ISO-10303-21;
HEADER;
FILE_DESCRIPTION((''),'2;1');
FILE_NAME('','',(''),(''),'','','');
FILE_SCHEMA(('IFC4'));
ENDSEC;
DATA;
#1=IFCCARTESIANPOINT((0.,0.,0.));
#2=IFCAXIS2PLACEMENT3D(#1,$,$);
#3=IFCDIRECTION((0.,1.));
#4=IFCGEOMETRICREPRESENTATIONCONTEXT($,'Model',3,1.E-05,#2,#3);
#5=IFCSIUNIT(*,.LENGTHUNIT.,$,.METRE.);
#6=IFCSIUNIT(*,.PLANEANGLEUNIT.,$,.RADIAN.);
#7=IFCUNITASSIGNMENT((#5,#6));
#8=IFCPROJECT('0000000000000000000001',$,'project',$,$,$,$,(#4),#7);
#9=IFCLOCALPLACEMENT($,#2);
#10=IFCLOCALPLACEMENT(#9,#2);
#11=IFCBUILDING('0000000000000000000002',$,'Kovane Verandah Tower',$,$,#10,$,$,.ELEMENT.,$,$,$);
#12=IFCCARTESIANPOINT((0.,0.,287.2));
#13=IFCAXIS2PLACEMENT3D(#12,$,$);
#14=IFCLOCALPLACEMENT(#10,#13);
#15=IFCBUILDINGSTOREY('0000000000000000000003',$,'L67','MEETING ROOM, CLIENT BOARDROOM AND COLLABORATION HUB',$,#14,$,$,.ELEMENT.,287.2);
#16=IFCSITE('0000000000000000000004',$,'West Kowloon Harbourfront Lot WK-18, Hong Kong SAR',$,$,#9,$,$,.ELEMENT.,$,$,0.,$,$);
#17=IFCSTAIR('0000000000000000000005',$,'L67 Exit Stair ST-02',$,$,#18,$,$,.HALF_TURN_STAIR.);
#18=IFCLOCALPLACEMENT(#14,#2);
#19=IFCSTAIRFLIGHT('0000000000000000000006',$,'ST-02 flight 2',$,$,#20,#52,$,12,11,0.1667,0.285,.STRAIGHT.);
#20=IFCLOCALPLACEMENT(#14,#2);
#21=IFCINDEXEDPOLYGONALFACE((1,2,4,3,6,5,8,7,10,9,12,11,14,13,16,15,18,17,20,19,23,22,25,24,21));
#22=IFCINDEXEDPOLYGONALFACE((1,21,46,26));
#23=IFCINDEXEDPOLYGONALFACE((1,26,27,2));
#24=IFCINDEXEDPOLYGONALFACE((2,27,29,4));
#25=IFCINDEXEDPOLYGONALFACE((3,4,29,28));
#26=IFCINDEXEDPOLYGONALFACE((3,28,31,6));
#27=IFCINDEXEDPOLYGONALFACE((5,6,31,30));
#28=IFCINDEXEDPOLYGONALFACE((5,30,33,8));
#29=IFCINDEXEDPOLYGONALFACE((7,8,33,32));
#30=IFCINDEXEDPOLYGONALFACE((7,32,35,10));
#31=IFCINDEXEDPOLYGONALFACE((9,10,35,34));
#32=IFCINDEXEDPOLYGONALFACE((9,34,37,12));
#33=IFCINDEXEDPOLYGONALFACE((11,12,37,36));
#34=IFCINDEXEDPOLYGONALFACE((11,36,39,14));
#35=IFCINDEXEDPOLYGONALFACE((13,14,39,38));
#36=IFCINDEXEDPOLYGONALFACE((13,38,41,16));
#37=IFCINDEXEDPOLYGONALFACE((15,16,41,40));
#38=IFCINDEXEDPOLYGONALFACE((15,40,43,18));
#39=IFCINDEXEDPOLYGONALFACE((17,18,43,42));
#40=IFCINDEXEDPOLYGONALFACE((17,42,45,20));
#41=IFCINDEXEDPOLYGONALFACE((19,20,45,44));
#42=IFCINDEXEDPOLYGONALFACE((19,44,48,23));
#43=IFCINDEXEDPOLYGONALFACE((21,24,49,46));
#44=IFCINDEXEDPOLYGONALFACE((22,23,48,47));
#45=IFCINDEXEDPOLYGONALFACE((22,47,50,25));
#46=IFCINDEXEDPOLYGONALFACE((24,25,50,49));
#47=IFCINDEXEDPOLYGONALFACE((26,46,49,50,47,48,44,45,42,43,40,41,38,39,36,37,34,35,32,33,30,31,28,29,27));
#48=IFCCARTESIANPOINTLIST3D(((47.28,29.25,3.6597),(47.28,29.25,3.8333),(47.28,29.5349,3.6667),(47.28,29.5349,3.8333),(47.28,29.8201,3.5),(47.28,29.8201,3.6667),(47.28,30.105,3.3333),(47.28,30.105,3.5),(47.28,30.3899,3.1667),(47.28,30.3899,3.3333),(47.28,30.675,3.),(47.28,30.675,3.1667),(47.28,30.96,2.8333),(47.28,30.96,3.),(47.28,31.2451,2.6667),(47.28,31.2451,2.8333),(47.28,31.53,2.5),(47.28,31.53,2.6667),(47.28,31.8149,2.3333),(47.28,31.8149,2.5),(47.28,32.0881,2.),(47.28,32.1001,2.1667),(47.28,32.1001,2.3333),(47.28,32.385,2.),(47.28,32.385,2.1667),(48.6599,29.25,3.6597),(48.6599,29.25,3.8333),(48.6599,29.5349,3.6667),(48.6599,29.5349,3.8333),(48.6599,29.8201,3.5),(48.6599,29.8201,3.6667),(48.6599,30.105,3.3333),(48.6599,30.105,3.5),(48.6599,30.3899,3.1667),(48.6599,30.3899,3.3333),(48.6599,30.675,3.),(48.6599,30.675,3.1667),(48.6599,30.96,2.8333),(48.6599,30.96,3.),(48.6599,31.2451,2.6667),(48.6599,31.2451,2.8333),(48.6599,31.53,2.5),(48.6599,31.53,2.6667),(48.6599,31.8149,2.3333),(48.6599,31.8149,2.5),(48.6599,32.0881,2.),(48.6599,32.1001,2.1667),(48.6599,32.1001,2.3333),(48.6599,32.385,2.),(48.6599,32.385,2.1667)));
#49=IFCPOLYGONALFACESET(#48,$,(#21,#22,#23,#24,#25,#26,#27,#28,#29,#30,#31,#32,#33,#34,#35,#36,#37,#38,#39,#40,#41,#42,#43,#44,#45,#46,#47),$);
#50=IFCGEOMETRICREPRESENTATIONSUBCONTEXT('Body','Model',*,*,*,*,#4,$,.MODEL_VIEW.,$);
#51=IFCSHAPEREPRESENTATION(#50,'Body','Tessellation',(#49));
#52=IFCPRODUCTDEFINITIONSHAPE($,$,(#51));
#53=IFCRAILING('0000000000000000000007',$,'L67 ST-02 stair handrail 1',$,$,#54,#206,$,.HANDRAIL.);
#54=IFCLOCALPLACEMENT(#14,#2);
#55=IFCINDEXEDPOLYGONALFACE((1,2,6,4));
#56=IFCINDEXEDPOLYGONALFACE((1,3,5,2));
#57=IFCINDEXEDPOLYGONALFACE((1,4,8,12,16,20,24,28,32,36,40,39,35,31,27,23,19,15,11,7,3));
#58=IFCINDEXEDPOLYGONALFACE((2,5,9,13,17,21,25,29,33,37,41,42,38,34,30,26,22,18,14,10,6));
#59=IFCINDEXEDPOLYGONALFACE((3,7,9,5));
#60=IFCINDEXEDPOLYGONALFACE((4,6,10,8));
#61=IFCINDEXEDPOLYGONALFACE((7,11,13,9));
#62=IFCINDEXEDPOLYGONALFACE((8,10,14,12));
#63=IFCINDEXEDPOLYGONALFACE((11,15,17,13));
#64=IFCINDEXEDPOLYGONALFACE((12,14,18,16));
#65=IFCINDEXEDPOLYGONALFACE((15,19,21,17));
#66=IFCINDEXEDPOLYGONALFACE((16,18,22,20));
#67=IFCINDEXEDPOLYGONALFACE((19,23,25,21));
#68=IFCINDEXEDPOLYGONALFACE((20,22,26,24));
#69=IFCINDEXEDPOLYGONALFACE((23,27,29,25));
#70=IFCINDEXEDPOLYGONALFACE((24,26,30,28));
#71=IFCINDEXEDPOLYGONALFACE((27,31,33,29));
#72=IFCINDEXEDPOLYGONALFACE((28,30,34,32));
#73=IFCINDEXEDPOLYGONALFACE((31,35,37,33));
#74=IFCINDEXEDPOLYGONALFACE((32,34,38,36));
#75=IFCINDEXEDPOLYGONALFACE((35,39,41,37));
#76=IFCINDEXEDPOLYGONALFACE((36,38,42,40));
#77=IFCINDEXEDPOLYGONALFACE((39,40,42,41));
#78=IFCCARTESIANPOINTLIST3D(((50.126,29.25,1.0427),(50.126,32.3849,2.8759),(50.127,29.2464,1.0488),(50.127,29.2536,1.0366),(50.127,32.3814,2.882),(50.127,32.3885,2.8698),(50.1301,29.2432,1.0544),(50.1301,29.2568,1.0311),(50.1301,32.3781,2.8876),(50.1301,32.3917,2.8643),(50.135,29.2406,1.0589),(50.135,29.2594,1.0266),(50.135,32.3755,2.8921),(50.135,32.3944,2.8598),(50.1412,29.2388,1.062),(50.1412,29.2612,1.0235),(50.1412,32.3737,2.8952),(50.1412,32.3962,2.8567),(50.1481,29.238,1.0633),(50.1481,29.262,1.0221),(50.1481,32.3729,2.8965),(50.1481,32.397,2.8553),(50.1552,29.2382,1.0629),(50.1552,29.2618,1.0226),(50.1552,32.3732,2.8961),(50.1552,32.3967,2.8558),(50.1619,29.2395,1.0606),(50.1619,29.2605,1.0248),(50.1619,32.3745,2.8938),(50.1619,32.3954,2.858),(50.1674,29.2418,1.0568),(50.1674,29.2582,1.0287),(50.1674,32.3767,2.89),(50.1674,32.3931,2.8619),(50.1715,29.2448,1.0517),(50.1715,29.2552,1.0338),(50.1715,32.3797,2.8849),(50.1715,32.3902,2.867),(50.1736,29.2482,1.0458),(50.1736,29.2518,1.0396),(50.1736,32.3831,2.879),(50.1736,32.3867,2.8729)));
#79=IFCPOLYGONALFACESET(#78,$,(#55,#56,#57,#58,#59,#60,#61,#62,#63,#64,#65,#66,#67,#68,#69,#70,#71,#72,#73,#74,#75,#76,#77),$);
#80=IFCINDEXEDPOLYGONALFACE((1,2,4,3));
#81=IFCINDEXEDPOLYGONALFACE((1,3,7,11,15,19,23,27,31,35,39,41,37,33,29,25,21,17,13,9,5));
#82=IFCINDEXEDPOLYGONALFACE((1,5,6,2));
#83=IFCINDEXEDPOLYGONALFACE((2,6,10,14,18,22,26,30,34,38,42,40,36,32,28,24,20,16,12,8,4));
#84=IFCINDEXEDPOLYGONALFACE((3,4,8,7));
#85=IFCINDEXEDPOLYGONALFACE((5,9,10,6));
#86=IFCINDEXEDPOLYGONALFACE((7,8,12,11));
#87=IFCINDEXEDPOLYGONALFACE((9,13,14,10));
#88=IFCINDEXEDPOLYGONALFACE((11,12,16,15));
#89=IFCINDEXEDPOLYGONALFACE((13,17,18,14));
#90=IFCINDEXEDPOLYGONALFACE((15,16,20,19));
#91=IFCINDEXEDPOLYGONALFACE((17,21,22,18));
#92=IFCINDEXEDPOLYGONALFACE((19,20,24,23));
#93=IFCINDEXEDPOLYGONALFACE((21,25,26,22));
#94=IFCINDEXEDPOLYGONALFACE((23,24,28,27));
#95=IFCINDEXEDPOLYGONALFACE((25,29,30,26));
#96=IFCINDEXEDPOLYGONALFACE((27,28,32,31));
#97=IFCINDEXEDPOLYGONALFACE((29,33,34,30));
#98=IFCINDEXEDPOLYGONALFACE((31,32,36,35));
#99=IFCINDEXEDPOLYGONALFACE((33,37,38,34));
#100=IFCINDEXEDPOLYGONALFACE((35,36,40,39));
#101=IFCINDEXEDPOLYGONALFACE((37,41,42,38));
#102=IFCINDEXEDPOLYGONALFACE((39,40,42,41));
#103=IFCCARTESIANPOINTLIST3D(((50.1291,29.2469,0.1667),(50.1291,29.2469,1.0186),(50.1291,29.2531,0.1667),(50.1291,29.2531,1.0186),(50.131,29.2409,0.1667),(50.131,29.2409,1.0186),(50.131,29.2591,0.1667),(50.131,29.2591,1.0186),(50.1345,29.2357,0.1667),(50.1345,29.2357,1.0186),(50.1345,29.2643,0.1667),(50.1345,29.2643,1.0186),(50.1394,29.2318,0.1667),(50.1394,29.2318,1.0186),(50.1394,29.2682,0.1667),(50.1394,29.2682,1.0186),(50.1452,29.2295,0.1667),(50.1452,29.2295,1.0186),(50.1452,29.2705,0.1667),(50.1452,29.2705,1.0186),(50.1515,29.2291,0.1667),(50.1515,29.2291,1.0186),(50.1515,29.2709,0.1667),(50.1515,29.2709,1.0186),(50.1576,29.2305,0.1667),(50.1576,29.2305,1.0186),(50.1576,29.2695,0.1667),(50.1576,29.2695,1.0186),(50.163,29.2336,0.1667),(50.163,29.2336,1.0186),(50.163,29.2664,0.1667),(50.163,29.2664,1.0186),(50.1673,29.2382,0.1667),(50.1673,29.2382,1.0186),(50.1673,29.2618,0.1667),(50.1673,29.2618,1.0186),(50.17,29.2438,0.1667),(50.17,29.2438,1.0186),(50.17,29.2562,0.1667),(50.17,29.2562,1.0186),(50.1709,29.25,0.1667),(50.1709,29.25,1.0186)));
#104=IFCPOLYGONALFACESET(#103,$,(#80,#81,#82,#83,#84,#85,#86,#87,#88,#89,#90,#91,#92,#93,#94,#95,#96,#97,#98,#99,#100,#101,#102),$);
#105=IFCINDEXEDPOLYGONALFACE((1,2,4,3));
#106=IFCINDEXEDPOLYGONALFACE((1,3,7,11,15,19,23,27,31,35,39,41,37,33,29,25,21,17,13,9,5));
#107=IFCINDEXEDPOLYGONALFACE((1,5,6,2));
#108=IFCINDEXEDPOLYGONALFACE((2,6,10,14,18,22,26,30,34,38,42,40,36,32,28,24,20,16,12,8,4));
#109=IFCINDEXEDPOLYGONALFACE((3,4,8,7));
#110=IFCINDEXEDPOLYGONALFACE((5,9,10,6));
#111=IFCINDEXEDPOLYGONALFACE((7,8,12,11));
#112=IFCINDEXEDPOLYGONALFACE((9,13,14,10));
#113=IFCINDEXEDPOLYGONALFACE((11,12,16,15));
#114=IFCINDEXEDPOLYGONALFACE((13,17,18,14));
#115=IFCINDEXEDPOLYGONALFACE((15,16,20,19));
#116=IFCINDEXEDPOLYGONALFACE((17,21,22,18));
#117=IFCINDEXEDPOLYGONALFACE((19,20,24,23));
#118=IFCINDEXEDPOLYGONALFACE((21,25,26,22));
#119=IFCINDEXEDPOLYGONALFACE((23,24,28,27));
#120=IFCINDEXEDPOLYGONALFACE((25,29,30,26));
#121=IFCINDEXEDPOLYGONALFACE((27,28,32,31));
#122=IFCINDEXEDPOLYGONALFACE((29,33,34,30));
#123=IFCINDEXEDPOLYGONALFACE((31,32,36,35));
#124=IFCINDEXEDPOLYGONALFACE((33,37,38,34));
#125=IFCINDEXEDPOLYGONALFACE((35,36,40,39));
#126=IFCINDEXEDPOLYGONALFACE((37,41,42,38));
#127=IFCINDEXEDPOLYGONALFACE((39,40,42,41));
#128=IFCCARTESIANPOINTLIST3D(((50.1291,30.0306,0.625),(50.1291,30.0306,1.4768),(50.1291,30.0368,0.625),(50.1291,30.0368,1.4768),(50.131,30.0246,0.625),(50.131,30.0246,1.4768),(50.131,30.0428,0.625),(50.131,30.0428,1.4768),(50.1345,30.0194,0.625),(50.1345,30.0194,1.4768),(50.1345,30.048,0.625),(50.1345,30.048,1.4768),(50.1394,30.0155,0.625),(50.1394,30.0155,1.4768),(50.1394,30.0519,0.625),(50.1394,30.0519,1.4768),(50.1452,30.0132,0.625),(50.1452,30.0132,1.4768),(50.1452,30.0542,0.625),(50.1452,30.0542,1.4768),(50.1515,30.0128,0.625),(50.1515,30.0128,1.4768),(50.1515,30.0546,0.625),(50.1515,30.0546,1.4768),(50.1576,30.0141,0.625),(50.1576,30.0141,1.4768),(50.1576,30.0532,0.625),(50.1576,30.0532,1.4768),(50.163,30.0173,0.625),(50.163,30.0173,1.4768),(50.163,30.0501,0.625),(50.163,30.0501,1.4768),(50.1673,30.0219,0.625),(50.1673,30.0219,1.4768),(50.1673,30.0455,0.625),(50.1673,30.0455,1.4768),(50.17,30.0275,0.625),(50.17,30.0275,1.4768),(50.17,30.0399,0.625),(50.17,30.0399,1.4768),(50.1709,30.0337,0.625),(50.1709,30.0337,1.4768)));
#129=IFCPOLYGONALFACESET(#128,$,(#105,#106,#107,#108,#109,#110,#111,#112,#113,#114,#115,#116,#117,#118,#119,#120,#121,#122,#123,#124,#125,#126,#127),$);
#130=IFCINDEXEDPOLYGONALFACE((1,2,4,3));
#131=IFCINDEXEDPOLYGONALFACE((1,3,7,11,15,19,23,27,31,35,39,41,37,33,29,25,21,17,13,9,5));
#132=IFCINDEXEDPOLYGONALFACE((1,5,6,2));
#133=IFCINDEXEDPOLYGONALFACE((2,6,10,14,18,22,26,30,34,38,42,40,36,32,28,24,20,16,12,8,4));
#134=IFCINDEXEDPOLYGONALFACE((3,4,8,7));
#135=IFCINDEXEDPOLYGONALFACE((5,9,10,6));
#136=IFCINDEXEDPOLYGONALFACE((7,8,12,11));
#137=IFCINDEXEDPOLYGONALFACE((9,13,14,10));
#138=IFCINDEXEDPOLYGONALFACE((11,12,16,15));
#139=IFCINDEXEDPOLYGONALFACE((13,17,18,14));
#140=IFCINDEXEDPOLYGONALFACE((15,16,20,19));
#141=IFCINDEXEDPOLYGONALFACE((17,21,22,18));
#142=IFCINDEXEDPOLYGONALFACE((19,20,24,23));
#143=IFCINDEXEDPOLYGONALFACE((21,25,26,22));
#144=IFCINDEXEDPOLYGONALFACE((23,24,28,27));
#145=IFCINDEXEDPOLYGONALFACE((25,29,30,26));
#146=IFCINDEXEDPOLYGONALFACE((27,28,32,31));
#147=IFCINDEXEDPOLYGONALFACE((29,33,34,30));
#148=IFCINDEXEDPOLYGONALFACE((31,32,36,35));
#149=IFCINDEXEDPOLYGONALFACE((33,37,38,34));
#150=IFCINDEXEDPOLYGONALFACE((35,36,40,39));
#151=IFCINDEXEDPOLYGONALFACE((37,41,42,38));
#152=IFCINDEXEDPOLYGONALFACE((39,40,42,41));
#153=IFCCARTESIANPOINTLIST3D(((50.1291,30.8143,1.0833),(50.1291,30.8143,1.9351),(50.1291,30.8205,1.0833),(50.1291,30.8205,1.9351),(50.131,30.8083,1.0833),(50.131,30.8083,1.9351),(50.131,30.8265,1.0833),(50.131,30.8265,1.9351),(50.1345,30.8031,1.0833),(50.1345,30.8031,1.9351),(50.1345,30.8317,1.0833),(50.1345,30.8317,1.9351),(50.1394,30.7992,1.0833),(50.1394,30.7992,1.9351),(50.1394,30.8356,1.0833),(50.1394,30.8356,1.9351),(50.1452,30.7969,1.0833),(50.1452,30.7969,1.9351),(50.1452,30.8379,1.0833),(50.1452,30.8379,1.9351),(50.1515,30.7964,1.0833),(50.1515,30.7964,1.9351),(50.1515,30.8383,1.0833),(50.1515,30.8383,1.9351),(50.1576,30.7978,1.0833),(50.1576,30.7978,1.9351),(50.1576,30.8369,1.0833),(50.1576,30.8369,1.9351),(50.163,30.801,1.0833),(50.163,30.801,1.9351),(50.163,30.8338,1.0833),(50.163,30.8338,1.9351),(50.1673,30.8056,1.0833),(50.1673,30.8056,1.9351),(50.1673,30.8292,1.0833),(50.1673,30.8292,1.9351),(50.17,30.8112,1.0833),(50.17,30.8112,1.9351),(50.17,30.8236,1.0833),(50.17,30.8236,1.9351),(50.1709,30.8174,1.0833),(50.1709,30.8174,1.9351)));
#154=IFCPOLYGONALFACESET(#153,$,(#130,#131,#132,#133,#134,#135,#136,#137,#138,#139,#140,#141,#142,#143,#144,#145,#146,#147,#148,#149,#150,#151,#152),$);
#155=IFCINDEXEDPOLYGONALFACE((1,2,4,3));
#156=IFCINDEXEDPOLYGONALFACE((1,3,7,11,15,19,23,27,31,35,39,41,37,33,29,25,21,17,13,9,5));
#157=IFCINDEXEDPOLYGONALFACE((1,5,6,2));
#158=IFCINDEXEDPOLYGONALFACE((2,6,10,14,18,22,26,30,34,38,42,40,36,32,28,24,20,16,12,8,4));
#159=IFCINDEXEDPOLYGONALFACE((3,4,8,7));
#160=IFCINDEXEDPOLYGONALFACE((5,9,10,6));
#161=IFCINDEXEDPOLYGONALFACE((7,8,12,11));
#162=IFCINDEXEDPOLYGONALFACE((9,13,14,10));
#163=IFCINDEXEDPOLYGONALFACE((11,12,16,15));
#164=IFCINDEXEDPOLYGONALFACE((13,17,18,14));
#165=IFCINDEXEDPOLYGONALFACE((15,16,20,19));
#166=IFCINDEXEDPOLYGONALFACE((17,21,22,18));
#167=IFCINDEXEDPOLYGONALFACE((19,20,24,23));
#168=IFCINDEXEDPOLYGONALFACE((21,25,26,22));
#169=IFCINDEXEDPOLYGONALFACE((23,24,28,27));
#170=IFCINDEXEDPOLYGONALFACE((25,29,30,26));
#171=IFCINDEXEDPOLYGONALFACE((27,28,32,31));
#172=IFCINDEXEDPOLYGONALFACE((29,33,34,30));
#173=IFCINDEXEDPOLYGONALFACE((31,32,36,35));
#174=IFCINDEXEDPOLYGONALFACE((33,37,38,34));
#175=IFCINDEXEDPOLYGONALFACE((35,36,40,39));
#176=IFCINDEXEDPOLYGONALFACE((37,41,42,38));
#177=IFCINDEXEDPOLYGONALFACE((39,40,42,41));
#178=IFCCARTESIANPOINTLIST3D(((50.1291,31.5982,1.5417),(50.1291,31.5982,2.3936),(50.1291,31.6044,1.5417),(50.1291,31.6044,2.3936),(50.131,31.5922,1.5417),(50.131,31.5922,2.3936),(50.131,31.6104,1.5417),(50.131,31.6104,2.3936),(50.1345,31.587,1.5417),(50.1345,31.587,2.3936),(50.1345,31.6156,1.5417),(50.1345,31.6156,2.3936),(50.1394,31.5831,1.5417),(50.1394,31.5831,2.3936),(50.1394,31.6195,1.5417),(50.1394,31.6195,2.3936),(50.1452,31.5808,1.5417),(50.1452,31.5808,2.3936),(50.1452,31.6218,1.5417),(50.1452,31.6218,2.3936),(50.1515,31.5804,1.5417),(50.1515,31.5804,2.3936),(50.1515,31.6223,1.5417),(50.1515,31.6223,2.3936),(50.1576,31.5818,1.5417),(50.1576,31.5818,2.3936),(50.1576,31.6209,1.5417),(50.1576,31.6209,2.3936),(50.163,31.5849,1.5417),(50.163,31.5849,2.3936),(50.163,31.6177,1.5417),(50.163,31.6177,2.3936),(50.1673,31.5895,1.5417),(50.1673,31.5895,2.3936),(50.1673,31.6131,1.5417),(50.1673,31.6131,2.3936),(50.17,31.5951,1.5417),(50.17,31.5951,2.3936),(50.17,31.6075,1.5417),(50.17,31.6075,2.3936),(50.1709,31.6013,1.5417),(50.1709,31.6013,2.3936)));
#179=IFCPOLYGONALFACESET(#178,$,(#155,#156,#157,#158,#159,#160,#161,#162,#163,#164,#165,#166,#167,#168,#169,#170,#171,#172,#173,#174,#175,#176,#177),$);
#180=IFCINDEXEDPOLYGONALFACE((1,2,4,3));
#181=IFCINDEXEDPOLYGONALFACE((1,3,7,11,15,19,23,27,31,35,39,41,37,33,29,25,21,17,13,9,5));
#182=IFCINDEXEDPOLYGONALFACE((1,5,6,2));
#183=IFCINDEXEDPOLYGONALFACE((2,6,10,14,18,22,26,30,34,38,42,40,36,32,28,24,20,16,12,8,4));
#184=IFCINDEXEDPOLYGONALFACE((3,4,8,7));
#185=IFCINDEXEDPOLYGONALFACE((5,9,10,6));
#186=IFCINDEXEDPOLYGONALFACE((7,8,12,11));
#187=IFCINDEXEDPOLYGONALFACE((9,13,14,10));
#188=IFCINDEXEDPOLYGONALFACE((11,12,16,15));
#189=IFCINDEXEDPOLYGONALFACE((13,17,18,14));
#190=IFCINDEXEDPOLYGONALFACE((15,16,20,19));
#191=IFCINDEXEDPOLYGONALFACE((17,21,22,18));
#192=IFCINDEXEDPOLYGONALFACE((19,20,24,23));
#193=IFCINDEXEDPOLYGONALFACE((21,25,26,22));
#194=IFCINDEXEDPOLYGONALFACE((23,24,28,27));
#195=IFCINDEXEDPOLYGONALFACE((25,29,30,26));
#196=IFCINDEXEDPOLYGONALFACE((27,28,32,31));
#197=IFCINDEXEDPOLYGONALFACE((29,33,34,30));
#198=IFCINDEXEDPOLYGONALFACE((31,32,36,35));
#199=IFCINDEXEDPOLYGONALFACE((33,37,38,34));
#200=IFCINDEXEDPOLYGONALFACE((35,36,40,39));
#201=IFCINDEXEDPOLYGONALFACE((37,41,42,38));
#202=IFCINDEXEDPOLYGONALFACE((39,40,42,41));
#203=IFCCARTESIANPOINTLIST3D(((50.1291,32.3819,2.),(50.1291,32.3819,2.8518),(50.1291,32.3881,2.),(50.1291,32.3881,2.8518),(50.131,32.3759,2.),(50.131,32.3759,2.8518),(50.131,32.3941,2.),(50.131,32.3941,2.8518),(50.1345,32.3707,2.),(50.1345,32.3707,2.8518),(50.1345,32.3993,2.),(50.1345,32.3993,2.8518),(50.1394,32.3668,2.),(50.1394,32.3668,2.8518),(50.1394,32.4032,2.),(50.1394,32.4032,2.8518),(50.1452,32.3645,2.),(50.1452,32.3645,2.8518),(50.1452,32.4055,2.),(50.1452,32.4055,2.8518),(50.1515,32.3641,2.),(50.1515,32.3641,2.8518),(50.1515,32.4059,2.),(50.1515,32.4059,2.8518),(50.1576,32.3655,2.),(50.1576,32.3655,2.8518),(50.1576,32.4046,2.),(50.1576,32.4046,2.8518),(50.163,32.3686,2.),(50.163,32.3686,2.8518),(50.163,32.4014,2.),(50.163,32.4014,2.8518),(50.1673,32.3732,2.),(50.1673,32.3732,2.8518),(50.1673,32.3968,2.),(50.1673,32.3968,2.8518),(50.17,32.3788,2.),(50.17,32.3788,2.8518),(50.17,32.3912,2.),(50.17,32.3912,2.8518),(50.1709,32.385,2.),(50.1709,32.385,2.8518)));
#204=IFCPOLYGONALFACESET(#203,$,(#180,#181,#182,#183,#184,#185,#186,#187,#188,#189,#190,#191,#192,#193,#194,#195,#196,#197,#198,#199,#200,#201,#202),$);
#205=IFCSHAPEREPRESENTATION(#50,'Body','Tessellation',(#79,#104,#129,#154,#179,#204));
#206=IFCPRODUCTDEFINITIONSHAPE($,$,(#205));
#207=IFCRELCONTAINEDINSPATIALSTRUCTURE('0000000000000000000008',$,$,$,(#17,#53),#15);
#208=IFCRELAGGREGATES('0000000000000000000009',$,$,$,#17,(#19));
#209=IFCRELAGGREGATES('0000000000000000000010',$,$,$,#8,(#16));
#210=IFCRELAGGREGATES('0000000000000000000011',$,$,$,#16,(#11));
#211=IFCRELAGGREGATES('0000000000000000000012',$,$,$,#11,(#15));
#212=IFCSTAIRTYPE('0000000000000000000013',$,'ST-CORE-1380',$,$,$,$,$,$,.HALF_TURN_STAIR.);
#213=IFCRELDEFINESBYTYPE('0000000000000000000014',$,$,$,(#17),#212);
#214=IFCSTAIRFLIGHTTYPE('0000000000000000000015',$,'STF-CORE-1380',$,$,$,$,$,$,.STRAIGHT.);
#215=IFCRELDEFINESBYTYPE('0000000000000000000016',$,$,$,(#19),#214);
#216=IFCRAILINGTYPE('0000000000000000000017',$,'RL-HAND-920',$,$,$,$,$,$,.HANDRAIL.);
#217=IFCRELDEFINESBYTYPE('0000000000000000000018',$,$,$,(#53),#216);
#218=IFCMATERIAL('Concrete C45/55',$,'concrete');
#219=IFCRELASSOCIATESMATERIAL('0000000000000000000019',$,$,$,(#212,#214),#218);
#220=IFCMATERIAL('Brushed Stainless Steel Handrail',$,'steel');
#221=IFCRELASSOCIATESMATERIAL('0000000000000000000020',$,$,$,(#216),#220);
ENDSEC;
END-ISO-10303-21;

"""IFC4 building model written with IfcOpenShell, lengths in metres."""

from ifc_helpers import new_model, si_unit, direction, frame, origin, origin_2d, place, context, subcontext, project, spatial, polyline, circle, outline, extrude, material, type_object, element, aggregate, save


model = new_model("IFC4")

# Units and contexts
model_context = context("Model", 3, precision=1e-05, world=origin(), true_north=direction((0.0, 1.0)))
body_context = subcontext(model_context, "Body", "Model", "MODEL_VIEW")
ifc_project = project(units=[si_unit("LENGTHUNIT", "METRE"), si_unit("PLANEANGLEUNIT", "RADIAN")], contexts=[model_context])

# Site, building, storey
site_placement = place(None, origin())
site = spatial("IfcSite", under=ifc_project, at=site_placement, Name="West Kowloon Harbourfront Lot WK-18, Hong Kong SAR", CompositionType="ELEMENT", RefElevation=0.0)
building_placement = place(site_placement, origin())
building = spatial("IfcBuilding", under=site, at=building_placement, Name="Kovane Verandah Tower", CompositionType="ELEMENT")
storey_placement = place(building_placement, frame((0.0, 0.0, 287.2)))
storey = spatial("IfcBuildingStorey", under=building, at=storey_placement, Name="L67", Description="MEETING ROOM, CLIENT BOARDROOM AND COLLABORATION HUB", CompositionType="ELEMENT", Elevation=287.2)

# Shared definitions
ifc_material_1 = material(Name="Concrete C45/55", Category="concrete")

# Stair, stair flight
stair_type = type_object("IfcStairType", Name="ST-CORE-1380", PredefinedType="HALF_TURN_STAIR", material=ifc_material_1)
stair_placement = place(storey_placement, origin())
stair = element("IfcStair", 1, at=stair_placement, inside=storey, type_object=stair_type, Name="L67 Exit Stair ST-02", PredefinedType="HALF_TURN_STAIR")
stair_flight_type = type_object("IfcStairFlightType", Name="STF-CORE-1380", PredefinedType="STRAIGHT", material=ifc_material_1)
stair_flight_1_placement = place(storey_placement, frame((47.97, 32.385, 2.0), z_axis=(0.0, 0.0, 1.0), x_axis=(0.0, -1.0, 0.0)))
stair_flight_1 = element("IfcStairFlight", 2, at=stair_flight_1_placement, type_object=stair_flight_type, Name="ST-02 flight 2", NumberOfRisers=12, NumberOfTreads=11, PredefinedType="STRAIGHT", RiserHeight=0.1667, TreadLength=0.285, context=body_context, shape_type="SweptSolid", body=[
    extrude(outline(polyline([(0.0, 0.0), (0.0, 0.1667), (0.2849, 0.1667), (0.2849, 0.3333), (0.5701, 0.3333), (0.5701, 0.5), (0.855, 0.5), (0.855, 0.6667), (1.1399, 0.6667), (1.1399, 0.8333), (1.425, 0.8333), (1.425, 1.0), (1.71, 1.0), (1.71, 1.1667), (1.9951, 1.1667), (1.9951, 1.3333), (2.28, 1.3333), (2.28, 1.5), (2.5649, 1.5), (2.5649, 1.6667), (2.8501, 1.6667), (2.8501, 1.8333), (3.135, 1.8333), (3.135, 2.0), (3.135, 1.6597), (0.2969, 0.0), (0.0, 0.0)])), frame((0.0, 0.6899, 0.0), z_axis=(0.0, -1.0, 0.0), x_axis=(1.0, 0.0, 0.0)), (0.0, 0.0, 1.0), 1.3799),
])
aggregate(stair, [stair_flight_1])

# Railing
ifc_material_2 = material(Name="Brushed Stainless Steel Handrail", Category="steel")
railing_type_1 = type_object("IfcRailingType", Name="RL-HAND-920", PredefinedType="HANDRAIL", material=ifc_material_2)
railing_1_placement = place(storey_placement, frame((50.1499, 29.25, 0.1667)))
element("IfcRailing", 3, at=railing_1_placement, inside=storey, type_object=railing_type_1, Name="L67 ST-02 stair handrail 1", PredefinedType="HANDRAIL", context=body_context, shape_type="SweptSolid", body=[
    extrude(circle(Radius=0.0239, at=origin_2d()), frame((0.0, 0.0, 0.876), z_axis=(0.0, 0.86324, 0.504794), x_axis=(-1.0, 0.0, 0.0)), (0.0, 0.0, 1.0), 3.6316),
    extrude(circle(Radius=0.021, at=origin_2d()), origin(), (0.0, 0.0, 1.0), 0.8518),
    extrude(circle(Radius=0.021, at=origin_2d()), frame((0.0, 0.7837, 0.4583)), (0.0, 0.0, 1.0), 0.8518),
    extrude(circle(Radius=0.021, at=origin_2d()), frame((0.0, 1.5674, 0.9165)), (0.0, 0.0, 1.0), 0.8518),
    extrude(circle(Radius=0.021, at=origin_2d()), frame((0.0, 2.3513, 1.375)), (0.0, 0.0, 1.0), 0.8518),
    extrude(circle(Radius=0.021, at=origin_2d()), frame((0.0, 3.135, 1.8333)), (0.0, 0.0, 1.0), 0.8518),
])

save(model, "model.ifc")
